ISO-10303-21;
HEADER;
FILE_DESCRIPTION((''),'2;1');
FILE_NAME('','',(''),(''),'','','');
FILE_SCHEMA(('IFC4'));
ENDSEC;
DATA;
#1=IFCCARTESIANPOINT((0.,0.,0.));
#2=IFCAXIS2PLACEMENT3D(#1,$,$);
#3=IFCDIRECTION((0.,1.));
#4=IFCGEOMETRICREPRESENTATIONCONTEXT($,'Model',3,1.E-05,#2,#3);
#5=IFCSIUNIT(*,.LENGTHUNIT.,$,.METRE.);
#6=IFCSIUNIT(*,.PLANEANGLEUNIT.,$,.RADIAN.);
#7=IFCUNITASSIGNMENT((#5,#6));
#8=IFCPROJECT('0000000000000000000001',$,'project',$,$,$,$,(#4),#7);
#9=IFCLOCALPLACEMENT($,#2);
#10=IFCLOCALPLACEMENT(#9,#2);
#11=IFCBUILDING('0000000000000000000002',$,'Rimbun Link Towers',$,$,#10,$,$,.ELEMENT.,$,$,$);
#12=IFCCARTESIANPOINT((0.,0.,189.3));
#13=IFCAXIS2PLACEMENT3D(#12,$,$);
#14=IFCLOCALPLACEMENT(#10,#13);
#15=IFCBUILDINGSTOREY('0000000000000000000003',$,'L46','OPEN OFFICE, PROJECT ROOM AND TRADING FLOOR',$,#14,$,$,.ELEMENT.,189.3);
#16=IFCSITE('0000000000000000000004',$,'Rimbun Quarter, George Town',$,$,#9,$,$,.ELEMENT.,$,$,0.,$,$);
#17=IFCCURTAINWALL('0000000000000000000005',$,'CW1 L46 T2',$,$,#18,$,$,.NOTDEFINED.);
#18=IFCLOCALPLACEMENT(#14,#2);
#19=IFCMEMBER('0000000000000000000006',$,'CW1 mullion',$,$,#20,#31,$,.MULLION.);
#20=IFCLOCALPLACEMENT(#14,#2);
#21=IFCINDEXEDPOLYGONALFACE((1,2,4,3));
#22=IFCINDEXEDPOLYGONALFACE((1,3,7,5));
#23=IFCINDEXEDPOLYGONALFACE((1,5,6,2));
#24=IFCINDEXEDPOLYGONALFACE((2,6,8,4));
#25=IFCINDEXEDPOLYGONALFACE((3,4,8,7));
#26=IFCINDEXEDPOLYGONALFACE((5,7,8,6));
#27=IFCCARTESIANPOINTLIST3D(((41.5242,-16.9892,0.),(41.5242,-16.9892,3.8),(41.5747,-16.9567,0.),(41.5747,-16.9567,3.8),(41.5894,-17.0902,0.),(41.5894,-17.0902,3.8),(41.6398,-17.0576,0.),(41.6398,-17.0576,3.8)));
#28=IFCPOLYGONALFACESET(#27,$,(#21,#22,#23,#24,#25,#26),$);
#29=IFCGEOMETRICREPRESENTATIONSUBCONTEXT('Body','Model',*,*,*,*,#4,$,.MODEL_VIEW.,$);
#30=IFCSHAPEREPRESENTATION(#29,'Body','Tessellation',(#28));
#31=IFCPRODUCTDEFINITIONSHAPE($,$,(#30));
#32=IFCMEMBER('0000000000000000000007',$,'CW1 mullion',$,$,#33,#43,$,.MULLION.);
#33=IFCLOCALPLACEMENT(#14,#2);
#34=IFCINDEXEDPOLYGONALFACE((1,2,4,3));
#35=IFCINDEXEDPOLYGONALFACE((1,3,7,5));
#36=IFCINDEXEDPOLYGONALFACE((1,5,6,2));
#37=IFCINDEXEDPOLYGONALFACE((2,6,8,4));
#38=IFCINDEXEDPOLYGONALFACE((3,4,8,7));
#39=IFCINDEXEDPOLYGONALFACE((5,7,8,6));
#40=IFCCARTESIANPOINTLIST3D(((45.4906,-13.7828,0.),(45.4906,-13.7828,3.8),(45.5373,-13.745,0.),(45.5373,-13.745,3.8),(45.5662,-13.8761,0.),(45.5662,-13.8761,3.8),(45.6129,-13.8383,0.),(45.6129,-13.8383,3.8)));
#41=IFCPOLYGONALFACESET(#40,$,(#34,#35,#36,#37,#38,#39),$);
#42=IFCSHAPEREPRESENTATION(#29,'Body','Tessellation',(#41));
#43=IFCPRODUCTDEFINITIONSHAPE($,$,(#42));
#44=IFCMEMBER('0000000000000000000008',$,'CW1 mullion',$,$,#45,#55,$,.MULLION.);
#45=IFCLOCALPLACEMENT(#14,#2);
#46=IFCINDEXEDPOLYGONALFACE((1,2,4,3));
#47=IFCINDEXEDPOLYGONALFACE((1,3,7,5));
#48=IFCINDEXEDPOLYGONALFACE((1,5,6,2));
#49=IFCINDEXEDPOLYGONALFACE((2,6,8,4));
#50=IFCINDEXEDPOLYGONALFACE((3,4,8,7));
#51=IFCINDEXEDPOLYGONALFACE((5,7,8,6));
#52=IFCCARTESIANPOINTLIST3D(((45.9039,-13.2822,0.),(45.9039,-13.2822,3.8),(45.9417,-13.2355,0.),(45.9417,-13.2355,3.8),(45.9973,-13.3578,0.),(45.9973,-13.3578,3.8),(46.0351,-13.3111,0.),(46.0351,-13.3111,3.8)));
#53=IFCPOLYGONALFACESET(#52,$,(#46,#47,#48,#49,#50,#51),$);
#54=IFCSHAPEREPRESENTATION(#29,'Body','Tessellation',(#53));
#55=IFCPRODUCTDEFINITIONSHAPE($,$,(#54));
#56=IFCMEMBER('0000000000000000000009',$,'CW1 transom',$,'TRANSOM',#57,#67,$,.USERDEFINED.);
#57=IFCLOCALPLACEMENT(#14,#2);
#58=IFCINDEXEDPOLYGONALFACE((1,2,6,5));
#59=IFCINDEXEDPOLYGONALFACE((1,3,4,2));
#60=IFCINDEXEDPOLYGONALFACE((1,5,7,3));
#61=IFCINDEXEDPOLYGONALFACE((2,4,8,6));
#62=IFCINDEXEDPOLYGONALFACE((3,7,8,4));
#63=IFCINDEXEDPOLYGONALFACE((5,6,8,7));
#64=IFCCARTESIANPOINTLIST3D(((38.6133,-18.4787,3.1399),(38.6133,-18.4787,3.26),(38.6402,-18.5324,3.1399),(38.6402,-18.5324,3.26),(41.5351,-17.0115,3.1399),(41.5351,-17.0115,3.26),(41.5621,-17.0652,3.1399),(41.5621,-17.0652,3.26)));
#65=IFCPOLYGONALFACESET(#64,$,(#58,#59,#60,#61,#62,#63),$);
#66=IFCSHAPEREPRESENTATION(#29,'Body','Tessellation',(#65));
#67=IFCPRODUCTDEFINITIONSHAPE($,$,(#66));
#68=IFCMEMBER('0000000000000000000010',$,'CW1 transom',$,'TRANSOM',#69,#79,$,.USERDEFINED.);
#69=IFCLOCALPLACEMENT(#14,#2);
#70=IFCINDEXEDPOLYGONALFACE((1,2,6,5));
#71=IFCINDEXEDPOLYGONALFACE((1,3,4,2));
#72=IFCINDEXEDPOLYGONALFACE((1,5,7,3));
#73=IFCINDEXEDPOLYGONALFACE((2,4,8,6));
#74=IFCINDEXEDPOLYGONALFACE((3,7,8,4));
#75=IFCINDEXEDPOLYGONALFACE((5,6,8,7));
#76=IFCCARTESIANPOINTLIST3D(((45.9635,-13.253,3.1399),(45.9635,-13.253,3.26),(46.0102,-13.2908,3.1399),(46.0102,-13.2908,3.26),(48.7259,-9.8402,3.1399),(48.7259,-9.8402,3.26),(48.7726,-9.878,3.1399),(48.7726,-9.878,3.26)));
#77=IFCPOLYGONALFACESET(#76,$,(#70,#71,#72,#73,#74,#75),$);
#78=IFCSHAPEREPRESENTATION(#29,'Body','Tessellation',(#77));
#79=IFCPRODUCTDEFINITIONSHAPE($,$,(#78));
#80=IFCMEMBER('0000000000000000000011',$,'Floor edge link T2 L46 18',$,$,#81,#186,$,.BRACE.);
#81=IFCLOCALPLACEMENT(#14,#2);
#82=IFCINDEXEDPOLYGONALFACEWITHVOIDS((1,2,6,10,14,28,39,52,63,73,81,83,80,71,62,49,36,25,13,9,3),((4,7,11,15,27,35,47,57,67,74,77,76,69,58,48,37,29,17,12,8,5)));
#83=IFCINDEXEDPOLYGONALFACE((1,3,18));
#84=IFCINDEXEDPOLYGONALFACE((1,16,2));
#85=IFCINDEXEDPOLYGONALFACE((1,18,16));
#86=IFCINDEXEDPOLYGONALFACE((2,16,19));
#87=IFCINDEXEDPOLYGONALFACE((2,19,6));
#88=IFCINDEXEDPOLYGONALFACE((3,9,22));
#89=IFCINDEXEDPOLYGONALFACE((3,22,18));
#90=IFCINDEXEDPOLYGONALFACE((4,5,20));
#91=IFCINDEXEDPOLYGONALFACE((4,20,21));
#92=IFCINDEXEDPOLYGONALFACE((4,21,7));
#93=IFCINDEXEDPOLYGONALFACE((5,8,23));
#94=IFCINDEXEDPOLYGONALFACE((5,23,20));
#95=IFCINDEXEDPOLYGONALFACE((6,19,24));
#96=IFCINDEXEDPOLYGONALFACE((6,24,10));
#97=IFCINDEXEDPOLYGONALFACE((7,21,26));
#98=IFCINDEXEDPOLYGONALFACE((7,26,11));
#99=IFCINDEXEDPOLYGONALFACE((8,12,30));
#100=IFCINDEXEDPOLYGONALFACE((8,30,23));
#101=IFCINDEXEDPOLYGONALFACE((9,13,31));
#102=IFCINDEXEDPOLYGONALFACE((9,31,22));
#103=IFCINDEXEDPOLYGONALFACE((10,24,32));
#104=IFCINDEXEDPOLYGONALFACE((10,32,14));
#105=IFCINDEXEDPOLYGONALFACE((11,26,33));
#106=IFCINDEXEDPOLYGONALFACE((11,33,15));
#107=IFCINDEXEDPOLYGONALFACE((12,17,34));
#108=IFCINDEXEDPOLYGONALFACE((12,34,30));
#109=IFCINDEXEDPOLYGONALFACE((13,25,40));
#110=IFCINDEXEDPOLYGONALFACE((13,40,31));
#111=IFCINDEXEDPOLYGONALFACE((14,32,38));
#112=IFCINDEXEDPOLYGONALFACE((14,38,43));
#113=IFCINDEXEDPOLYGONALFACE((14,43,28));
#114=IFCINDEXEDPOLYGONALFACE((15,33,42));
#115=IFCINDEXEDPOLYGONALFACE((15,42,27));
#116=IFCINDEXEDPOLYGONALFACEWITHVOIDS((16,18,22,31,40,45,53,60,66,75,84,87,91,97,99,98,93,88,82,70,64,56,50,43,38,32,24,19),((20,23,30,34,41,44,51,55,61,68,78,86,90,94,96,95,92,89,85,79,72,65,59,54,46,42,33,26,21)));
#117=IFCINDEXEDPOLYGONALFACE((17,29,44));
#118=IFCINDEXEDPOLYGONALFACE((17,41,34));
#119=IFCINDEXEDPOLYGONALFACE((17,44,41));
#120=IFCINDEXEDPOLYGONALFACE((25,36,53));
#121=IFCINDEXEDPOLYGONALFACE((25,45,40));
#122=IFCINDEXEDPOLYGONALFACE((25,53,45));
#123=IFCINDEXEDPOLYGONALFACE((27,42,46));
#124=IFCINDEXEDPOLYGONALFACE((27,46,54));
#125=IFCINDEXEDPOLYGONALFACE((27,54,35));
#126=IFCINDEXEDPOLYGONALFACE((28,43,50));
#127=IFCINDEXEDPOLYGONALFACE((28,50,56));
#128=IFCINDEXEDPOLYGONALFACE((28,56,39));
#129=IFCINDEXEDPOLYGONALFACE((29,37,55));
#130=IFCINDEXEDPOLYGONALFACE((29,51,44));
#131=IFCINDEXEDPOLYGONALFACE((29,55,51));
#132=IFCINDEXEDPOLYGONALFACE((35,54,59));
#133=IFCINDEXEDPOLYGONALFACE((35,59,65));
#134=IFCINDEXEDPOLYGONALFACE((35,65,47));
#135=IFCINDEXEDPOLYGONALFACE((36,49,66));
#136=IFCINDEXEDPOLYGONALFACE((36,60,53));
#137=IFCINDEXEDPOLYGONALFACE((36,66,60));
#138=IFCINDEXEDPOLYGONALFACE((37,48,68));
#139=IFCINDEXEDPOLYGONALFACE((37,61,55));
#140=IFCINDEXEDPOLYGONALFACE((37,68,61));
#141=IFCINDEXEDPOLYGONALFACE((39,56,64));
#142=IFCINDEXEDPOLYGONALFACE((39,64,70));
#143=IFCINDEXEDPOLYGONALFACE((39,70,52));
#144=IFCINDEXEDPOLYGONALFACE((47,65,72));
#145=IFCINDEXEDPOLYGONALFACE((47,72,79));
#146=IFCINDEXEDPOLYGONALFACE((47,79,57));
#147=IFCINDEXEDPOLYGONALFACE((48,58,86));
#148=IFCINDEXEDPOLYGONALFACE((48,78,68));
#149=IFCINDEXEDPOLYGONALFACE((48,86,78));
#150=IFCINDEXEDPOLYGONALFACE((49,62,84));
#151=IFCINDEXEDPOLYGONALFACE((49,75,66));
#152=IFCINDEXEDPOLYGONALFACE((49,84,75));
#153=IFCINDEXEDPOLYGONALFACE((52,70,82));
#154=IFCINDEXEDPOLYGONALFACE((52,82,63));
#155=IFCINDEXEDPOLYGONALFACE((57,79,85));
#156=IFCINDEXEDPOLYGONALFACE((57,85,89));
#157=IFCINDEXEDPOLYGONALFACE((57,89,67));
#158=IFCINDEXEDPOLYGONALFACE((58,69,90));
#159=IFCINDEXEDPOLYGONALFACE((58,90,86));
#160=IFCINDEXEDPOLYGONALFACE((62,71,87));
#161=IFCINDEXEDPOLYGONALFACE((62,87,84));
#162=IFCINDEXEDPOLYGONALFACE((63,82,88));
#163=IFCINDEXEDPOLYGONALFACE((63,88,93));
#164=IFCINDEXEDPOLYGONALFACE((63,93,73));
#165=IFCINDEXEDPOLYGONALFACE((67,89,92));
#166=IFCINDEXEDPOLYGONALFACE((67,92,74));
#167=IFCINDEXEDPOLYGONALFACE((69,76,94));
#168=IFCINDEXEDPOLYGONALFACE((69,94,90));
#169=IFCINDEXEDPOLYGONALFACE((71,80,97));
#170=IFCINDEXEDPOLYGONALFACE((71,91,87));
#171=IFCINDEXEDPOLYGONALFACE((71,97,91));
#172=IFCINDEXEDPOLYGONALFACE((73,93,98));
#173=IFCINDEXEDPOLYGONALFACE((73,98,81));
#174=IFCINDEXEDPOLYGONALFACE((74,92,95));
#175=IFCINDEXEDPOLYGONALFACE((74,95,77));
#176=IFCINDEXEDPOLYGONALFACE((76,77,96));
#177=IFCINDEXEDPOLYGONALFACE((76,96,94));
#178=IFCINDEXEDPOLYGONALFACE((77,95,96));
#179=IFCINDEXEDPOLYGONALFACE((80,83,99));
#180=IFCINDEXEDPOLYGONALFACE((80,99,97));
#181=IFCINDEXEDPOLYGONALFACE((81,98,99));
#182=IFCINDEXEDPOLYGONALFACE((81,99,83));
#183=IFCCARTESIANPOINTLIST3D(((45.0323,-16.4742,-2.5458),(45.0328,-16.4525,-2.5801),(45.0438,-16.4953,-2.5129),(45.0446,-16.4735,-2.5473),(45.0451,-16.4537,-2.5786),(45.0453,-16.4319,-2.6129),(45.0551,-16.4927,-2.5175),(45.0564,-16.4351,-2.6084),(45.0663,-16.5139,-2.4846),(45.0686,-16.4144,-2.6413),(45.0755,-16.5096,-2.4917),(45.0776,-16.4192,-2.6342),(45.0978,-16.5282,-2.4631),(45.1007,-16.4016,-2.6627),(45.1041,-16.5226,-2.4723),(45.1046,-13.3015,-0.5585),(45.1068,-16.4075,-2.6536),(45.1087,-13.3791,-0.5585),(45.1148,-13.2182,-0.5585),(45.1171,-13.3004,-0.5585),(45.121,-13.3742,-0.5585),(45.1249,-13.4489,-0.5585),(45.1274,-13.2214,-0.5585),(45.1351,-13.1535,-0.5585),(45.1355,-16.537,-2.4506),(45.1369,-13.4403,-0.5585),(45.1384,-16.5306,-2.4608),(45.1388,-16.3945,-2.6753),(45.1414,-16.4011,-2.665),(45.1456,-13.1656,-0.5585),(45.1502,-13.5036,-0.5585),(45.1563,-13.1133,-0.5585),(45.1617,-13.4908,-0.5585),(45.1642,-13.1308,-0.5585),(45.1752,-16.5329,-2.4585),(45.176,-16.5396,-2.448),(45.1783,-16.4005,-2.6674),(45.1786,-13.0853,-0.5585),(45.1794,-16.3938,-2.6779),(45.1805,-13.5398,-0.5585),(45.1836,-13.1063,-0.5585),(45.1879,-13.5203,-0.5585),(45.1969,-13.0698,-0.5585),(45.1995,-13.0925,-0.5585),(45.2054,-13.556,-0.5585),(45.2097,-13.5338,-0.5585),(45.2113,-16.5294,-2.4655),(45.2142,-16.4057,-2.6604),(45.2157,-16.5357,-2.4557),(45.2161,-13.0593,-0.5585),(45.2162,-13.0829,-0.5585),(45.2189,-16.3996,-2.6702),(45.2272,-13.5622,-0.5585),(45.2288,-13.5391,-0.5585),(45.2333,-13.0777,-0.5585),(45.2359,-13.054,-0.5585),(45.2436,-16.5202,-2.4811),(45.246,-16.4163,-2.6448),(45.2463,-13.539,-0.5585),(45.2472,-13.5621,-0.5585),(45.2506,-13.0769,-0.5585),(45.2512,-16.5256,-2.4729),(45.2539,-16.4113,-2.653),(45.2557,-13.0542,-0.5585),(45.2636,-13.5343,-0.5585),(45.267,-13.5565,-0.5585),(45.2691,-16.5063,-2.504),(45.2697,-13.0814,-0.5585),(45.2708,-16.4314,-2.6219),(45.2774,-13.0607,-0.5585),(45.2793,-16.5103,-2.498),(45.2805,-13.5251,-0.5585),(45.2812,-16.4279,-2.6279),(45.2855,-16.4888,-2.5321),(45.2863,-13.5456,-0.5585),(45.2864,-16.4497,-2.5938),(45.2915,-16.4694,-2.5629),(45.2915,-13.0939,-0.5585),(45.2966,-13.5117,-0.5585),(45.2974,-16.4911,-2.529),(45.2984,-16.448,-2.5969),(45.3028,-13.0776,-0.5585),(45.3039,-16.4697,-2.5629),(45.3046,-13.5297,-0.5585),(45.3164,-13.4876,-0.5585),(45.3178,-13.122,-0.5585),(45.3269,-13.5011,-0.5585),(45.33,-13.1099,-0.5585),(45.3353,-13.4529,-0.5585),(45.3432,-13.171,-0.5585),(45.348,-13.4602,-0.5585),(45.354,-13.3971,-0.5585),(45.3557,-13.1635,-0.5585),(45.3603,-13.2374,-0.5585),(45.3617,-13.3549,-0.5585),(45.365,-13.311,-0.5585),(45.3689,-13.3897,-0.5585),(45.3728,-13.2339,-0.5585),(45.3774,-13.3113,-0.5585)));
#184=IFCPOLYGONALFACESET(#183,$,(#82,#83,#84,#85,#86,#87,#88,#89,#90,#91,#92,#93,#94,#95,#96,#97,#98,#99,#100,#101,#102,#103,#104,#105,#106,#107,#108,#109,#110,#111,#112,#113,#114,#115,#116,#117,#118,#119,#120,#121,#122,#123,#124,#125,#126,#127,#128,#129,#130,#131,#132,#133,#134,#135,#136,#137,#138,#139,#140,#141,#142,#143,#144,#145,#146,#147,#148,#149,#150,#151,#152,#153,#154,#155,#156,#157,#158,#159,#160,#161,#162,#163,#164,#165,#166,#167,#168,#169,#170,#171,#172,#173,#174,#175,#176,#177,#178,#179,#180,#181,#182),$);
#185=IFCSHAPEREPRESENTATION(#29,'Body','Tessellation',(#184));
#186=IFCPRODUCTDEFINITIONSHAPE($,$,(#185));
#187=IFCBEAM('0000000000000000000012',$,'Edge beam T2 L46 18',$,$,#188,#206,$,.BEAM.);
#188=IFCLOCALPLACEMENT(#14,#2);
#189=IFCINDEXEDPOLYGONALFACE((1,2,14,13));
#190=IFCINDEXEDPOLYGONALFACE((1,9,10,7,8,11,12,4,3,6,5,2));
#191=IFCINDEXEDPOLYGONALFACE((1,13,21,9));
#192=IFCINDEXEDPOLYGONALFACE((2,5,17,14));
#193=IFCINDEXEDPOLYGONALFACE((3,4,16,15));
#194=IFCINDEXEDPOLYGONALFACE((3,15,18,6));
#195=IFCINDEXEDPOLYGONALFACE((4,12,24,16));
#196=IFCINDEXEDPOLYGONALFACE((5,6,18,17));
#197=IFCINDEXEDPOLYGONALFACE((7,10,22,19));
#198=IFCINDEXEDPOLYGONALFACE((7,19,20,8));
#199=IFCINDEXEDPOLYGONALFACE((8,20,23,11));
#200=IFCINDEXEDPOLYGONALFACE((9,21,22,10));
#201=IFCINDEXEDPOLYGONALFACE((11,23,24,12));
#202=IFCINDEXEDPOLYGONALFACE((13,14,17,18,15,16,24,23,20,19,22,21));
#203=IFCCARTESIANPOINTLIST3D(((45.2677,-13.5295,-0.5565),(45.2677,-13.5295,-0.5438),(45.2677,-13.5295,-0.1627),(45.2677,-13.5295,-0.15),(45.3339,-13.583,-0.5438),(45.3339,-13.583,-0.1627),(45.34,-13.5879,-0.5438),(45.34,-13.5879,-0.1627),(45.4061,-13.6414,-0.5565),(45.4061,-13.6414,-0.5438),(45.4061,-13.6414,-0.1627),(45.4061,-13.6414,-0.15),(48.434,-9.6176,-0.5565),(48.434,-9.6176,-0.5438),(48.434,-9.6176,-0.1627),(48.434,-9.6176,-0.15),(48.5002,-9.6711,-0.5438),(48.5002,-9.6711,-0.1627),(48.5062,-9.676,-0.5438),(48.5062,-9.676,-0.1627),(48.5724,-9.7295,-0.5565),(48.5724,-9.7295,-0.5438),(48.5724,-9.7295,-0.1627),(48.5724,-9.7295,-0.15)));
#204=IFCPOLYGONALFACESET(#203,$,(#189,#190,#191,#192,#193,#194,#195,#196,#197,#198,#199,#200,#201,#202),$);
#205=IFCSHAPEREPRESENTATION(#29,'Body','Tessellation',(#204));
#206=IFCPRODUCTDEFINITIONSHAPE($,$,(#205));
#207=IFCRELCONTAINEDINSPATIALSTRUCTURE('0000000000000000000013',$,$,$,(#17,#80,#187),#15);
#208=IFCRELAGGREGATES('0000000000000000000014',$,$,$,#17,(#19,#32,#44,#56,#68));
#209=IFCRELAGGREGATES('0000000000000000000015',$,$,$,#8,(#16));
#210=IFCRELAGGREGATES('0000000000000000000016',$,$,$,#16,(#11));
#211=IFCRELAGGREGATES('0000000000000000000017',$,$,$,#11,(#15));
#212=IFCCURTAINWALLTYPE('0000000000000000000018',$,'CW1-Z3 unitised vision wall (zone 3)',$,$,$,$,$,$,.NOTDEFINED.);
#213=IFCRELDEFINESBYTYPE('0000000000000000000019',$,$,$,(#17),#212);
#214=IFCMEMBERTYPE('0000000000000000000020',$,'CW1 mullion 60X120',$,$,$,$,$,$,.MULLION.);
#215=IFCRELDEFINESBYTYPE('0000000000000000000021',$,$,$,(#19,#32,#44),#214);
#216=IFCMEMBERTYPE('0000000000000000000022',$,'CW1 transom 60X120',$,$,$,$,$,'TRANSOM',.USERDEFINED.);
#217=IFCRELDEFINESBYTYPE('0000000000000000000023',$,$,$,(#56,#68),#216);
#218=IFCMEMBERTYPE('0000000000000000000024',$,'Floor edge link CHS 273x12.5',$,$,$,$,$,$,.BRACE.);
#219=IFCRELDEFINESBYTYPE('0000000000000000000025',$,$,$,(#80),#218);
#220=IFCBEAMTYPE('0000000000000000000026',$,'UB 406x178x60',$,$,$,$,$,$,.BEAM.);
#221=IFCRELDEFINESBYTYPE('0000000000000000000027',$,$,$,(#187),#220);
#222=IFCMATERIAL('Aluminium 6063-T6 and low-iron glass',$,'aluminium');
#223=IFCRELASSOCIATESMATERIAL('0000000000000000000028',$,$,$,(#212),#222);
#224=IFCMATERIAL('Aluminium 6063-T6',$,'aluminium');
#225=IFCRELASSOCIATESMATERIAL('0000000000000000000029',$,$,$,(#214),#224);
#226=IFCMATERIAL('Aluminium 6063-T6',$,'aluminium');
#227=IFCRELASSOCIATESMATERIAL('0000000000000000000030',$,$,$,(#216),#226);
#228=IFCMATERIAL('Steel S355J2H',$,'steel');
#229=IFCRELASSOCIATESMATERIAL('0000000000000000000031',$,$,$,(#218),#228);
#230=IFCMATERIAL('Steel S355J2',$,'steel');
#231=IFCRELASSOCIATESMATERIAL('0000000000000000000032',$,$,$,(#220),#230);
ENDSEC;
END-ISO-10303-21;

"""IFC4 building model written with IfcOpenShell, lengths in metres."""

from ifc_helpers import new_model, si_unit, direction, frame, origin, origin_2d, place, context, subcontext, project, spatial, rectangle, hollow_circle, i_section, extrude, clip, halfspace, material, material_profile, profile_set, type_object, element, aggregate, save


model = new_model("IFC4")

# Units and contexts
model_context = context("Model", 3, precision=1e-05, world=origin(), true_north=direction((0.0, 1.0)))
body_context = subcontext(model_context, "Body", "Model", "MODEL_VIEW")
ifc_project = project(units=[si_unit("LENGTHUNIT", "METRE"), si_unit("PLANEANGLEUNIT", "RADIAN")], contexts=[model_context])

# Site, building, storey
site_placement = place(None, origin())
site = spatial("IfcSite", under=ifc_project, at=site_placement, Name="Rimbun Quarter, George Town", CompositionType="ELEMENT", RefElevation=0.0)
building_placement = place(site_placement, origin())
building = spatial("IfcBuilding", under=site, at=building_placement, Name="Rimbun Link Towers", CompositionType="ELEMENT")
storey_placement = place(building_placement, frame((0.0, 0.0, 189.3)))
storey = spatial("IfcBuildingStorey", under=building, at=storey_placement, Name="L46", Description="OPEN OFFICE, PROJECT ROOM AND TRADING FLOOR", CompositionType="ELEMENT", Elevation=189.3)

# Curtain wall, members
ifc_material_1 = material(Name="Aluminium 6063-T6 and low-iron glass", Category="aluminium")
curtain_wall_type = type_object("IfcCurtainWallType", Name="CW1-Z3 unitised vision wall (zone 3)", PredefinedType="NOTDEFINED", material=ifc_material_1)
curtain_wall_placement = place(storey_placement, origin())
curtain_wall = element("IfcCurtainWall", 1, at=curtain_wall_placement, inside=storey, type_object=curtain_wall_type, Name="CW1 L46 T2", PredefinedType="NOTDEFINED")
ifc_material_2 = material(Name="Aluminium 6063-T6", Category="aluminium")
ifc_material_profile_1 = material_profile(ifc_material_2, rectangle(XDim=0.1201, YDim=0.0601, at=origin_2d()), Name="MULLION 60X120")
ifc_profile_set_1 = profile_set([ifc_material_profile_1], Name="Aluminium 6063-T6")
member_type_1 = type_object("IfcMemberType", Name="CW1 mullion 60X120", PredefinedType="MULLION", material=ifc_profile_set_1)
member_1_placement = place(storey_placement, frame((41.582, -17.0234, 0.0), z_axis=(0.0, 0.0, 1.0), x_axis=(0.542094, -0.840318, 0.0)))
member_1 = element("IfcMember", 2, at=member_1_placement, type_object=member_type_1, Name="CW1 mullion", PredefinedType="MULLION", context=body_context, shape_type="SweptSolid", body=[
    extrude(rectangle(XDim=0.1201, YDim=0.0601, at=origin_2d()), origin(), (0.0, 0.0, 1.0), 3.8),
])
member_2_placement = place(storey_placement, frame((45.5518, -13.8105, 0.0), z_axis=(0.0, 0.0, 1.0), x_axis=(0.629146, -0.777287, 0.0)))
member_2 = element("IfcMember", 3, at=member_2_placement, type_object=member_type_1, Name="CW1 mullion", PredefinedType="MULLION", context=body_context, shape_type="SweptSolid", body=[
    extrude(rectangle(XDim=0.1201, YDim=0.0601, at=origin_2d()), origin(), (0.0, 0.0, 1.0), 3.8),
])
member_3_placement = place(storey_placement, frame((45.9695, -13.2966, 0.0), z_axis=(0.0, 0.0, 1.0), x_axis=(0.777287, -0.629146, 0.0)))
member_3 = element("IfcMember", 4, at=member_3_placement, type_object=member_type_1, Name="CW1 mullion", PredefinedType="MULLION", context=body_context, shape_type="SweptSolid", body=[
    extrude(rectangle(XDim=0.1201, YDim=0.0601, at=origin_2d()), origin(), (0.0, 0.0, 1.0), 3.8),
])
ifc_material_3 = material(Name="Aluminium 6063-T6", Category="aluminium")
ifc_material_profile_2 = material_profile(ifc_material_3, rectangle(XDim=0.0601, YDim=0.1201, at=origin_2d()), Name="TRANSOM 60X120")
ifc_profile_set_2 = profile_set([ifc_material_profile_2], Name="Aluminium 6063-T6")
member_type_2 = type_object("IfcMemberType", Name="CW1 transom 60X120", ElementType="TRANSOM", PredefinedType="USERDEFINED", material=ifc_profile_set_2)
member_4_placement = place(storey_placement, frame((41.5486, -17.0383, 3.2), z_axis=(-0.893649, -0.448766, 0.0), x_axis=(0.448766, -0.893649, 0.0)))
member_4 = element("IfcMember", 5, at=member_4_placement, type_object=member_type_2, Name="CW1 transom", ObjectType="TRANSOM", PredefinedType="USERDEFINED", context=body_context, shape_type="SweptSolid", body=[
    extrude(rectangle(XDim=0.0601, YDim=0.1201, at=origin_2d()), origin(), (0.0, 0.0, 1.0), 3.2695),
])
member_5_placement = place(storey_placement, frame((48.7493, -9.8591, 3.2), z_axis=(-0.629153, -0.777281, 0.0), x_axis=(0.777281, -0.629153, 0.0)))
member_5 = element("IfcMember", 6, at=member_5_placement, type_object=member_type_2, Name="CW1 transom", ObjectType="TRANSOM", PredefinedType="USERDEFINED", context=body_context, shape_type="SweptSolid", body=[
    extrude(rectangle(XDim=0.0601, YDim=0.1201, at=origin_2d()), origin(), (0.0, 0.0, 1.0), 4.3906),
])

# Member
ifc_material_4 = material(Name="Steel S355J2H", Category="steel")
ifc_material_profile_3 = material_profile(ifc_material_4, hollow_circle(Radius=0.1365, WallThickness=0.0125, at=origin_2d()), Name="CHS 273x12.5")
ifc_profile_set_3 = profile_set([ifc_material_profile_3], Name="Steel S355J2H")
member_type_3 = type_object("IfcMemberType", Name="Floor edge link CHS 273x12.5", PredefinedType="BRACE", material=ifc_profile_set_3)
member_6_placement = place(storey_placement, frame((45.2368, -13.4868, -0.6719), z_axis=(-0.019643, -0.84415, -0.535747), x_axis=(0.999729, -0.023263, 0.0)))
element("IfcMember", 7, at=member_6_placement, inside=storey, type_object=member_type_3, Name="Floor edge link T2 L46 18", PredefinedType="BRACE", context=body_context, shape_type="Clipping", body=[
    clip(extrude(hollow_circle(Radius=0.1365, WallThickness=0.0125, at=origin_2d()), frame((0.0, 0.0, -0.449)), (0.0, 0.0, 1.0), 3.9788), halfspace(frame((0.0, 0.0, -0.2117), z_axis=(0.0, 0.844379, -0.535747)), False)),
])

# Beam
ifc_material_5 = material(Name="Steel S355J2", Category="steel")
ifc_material_profile_4 = material_profile(ifc_material_5, i_section(OverallWidth=0.178, OverallDepth=0.4065, WebThickness=0.0078, FlangeThickness=0.0127, at=origin_2d()), Name="UB 406x178x60")
ifc_profile_set_4 = profile_set([ifc_material_profile_4], Name="Steel S355J2")
beam_type = type_object("IfcBeamType", Name="UB 406x178x60", PredefinedType="BEAM", material=ifc_profile_set_4)
beam_placement = place(storey_placement, frame((45.3369, -13.5854, -0.3533), z_axis=(0.62914, 0.777292, 0.0), x_axis=(-0.777292, 0.62914, 0.0)))
element("IfcBeam", 8, at=beam_placement, inside=storey, type_object=beam_type, Name="Edge beam T2 L46 18", PredefinedType="BEAM", context=body_context, shape_type="SweptSolid", body=[
    extrude(i_section(OverallWidth=0.178, OverallDepth=0.4065, WebThickness=0.0078, FlangeThickness=0.0127, at=origin_2d()), origin(), (0.0, 0.0, 1.0), 5.0327),
])

aggregate(curtain_wall, [member_1, member_2, member_3, member_4, member_5])

save(model, "model.ifc")
